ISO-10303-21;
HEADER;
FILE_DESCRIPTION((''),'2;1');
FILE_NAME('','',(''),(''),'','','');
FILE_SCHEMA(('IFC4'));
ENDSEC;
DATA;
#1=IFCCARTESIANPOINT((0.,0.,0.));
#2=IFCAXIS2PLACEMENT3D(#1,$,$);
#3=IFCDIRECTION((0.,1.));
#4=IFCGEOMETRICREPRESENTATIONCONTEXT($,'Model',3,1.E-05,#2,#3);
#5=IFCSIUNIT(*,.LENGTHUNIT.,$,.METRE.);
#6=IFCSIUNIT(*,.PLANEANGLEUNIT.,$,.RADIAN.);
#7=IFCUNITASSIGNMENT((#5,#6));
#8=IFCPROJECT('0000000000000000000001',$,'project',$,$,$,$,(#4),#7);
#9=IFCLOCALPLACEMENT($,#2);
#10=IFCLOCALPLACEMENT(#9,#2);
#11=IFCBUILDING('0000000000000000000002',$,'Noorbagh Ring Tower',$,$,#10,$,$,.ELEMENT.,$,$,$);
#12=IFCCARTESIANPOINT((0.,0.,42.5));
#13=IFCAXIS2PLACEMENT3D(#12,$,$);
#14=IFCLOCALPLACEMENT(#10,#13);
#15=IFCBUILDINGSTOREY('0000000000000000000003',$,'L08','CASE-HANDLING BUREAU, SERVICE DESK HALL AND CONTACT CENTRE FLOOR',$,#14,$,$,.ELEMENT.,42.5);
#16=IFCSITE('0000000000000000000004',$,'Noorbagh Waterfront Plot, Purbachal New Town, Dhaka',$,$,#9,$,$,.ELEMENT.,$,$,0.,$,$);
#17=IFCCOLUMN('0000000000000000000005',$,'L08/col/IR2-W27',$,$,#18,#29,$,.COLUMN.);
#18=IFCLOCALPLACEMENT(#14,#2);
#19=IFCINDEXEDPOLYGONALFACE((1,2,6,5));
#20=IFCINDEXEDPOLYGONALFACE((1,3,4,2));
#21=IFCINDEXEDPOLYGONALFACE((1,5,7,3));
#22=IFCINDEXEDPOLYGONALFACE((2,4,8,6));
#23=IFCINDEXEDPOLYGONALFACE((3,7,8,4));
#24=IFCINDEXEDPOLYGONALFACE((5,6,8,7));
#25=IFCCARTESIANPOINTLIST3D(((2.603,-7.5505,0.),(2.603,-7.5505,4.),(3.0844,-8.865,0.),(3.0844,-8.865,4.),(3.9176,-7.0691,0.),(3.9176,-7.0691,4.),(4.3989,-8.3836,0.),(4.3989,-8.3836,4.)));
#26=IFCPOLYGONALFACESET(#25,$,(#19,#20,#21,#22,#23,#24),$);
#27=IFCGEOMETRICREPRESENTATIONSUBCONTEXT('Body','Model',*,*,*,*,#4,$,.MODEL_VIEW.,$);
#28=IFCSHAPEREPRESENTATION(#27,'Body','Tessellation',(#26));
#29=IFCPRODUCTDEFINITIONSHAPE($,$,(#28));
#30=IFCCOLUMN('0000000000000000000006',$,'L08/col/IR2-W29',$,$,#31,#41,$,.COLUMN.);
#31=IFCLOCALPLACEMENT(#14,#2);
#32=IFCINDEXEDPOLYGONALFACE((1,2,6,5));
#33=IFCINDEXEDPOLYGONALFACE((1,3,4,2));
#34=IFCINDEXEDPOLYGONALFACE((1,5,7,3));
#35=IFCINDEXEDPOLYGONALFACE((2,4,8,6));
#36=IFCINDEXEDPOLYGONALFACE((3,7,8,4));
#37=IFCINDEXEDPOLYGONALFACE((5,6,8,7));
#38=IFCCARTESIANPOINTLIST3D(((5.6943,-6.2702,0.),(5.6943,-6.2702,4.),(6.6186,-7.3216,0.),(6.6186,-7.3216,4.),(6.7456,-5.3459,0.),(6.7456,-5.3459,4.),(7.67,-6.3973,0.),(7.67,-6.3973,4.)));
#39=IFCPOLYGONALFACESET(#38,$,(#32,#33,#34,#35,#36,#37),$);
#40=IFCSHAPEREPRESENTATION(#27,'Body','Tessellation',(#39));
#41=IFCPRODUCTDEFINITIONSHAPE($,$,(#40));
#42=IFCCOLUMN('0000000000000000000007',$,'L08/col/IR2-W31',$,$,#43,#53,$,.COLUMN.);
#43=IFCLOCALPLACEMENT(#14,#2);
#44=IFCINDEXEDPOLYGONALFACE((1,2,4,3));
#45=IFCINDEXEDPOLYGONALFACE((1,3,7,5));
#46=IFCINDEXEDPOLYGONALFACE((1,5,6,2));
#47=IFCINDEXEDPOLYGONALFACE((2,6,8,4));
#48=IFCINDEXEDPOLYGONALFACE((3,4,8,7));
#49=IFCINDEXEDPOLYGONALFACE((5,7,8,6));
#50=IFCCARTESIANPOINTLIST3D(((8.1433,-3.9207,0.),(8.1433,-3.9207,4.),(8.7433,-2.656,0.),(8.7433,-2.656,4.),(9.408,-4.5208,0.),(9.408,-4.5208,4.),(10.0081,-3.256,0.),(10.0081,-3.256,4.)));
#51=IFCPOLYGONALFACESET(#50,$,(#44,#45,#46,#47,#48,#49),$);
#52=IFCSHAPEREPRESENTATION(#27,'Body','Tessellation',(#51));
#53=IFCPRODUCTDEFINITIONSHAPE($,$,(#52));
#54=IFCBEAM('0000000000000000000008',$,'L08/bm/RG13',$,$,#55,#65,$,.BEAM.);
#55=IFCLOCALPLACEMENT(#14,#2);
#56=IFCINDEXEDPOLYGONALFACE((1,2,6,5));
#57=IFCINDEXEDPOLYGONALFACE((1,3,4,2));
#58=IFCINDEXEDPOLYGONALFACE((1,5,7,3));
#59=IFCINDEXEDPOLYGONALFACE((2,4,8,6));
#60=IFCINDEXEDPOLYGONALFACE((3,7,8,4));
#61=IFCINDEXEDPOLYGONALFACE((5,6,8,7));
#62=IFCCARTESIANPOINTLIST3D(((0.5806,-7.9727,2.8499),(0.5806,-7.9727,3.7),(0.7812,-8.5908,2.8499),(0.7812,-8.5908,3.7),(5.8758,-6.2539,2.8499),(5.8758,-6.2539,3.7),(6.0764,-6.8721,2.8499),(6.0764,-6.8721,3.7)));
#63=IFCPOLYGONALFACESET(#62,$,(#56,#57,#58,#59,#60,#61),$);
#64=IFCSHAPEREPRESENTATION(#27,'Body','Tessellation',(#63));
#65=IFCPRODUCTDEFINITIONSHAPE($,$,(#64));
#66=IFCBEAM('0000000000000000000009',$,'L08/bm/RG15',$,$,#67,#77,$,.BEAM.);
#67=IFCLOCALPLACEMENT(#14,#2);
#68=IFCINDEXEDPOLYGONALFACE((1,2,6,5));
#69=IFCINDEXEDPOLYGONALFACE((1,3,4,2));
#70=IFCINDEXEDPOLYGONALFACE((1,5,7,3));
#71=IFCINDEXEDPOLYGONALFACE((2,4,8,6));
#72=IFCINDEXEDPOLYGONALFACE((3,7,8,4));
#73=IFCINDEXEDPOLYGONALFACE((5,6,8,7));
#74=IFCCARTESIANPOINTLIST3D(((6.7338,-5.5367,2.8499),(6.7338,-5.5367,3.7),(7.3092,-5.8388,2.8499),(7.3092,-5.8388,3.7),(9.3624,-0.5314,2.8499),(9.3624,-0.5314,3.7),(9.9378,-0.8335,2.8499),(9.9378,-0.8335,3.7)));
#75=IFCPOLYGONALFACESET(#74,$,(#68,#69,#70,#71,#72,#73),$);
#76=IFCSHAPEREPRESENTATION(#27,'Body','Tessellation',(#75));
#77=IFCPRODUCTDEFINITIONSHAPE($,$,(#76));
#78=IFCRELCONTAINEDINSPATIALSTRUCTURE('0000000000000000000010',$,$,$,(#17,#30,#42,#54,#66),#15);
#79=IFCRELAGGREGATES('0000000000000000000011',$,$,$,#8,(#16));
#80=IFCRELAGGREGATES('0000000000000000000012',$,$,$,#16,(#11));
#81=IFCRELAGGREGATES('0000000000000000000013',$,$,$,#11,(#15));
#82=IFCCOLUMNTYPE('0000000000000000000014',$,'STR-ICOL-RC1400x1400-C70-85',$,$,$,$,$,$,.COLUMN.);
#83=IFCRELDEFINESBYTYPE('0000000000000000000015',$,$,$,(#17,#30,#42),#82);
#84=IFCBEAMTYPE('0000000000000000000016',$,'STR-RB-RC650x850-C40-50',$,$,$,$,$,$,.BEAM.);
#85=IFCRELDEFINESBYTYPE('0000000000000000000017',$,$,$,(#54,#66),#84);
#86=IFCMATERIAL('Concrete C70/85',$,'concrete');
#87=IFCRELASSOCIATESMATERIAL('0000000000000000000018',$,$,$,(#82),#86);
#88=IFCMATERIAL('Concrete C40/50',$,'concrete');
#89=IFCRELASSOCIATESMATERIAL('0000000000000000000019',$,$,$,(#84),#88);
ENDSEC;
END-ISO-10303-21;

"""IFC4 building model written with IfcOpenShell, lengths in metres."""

from ifc_helpers import new_model, si_unit, direction, frame, origin, origin_2d, place, context, subcontext, project, spatial, rectangle, extrude, material, material_profile, profile_set, type_object, element, save


model = new_model("IFC4")

# Units and contexts
model_context = context("Model", 3, precision=1e-05, world=origin(), true_north=direction((0.0, 1.0)))
body_context = subcontext(model_context, "Body", "Model", "MODEL_VIEW")
ifc_project = project(units=[si_unit("LENGTHUNIT", "METRE"), si_unit("PLANEANGLEUNIT", "RADIAN")], contexts=[model_context])

# Site, building, storey
site_placement = place(None, origin())
site = spatial("IfcSite", under=ifc_project, at=site_placement, Name="Noorbagh Waterfront Plot, Purbachal New Town, Dhaka", CompositionType="ELEMENT", RefElevation=0.0)
building_placement = place(site_placement, origin())
building = spatial("IfcBuilding", under=site, at=building_placement, Name="Noorbagh Ring Tower", CompositionType="ELEMENT")
storey_placement = place(building_placement, frame((0.0, 0.0, 42.5)))
storey = spatial("IfcBuildingStorey", under=building, at=storey_placement, Name="L08", Description="CASE-HANDLING BUREAU, SERVICE DESK HALL AND CONTACT CENTRE FLOOR", CompositionType="ELEMENT", Elevation=42.5)

# Columns
ifc_material_1 = material(Name="Concrete C70/85", Category="concrete")
ifc_material_profile_1 = material_profile(ifc_material_1, rectangle(XDim=1.3999, YDim=1.3999, at=origin_2d()), Name="RC1400x1400")
ifc_profile_set_1 = profile_set([ifc_material_profile_1], Name="Concrete C70/85")
column_type = type_object("IfcColumnType", Name="STR-ICOL-RC1400x1400-C70-85", PredefinedType="COLUMN", material=ifc_profile_set_1)
for number, where, z_axis, x_axis, name in (
    (1, (3.501, -7.967, 0.0), (0.0, 0.0, 1.0), (0.93902, 0.343864, 0.0), "L08/col/IR2-W27"),
    (2, (6.6821, -6.3337, 0.0), (0.0, 0.0, 1.0), (0.751022, 0.660277, 0.0), "L08/col/IR2-W29"),
    (3, (9.0757, -3.5884, 0.0), (0.0, 0.0, 1.0), (0.428667, 0.903463, 0.0), "L08/col/IR2-W31"),
):
    element("IfcColumn", number, at=place(storey_placement, frame(where, z_axis=z_axis, x_axis=x_axis)), inside=storey, type_object=column_type, Name=name, PredefinedType="COLUMN", context=body_context, shape_type="SweptSolid", body=[
        extrude(rectangle(XDim=1.3999, YDim=1.3999, at=origin_2d()), origin(), (0.0, 0.0, 1.0), 4.0),
    ])

# Beams
ifc_material_2 = material(Name="Concrete C40/50", Category="concrete")
ifc_material_profile_2 = material_profile(ifc_material_2, rectangle(XDim=0.6499, YDim=0.8501, at=origin_2d()), Name="RC650x850")
ifc_profile_set_2 = profile_set([ifc_material_profile_2], Name="Concrete C40/50")
beam_type = type_object("IfcBeamType", Name="STR-RB-RC650x850-C40-50", PredefinedType="BEAM", material=ifc_profile_set_2)
beam_1_placement = place(storey_placement, frame((0.6809, -8.2817, 3.2749), z_axis=(0.951149, 0.308732, 0.0), x_axis=(-0.308732, 0.951149, 0.0)))
element("IfcBeam", 4, at=beam_1_placement, inside=storey, type_object=beam_type, Name="L08/bm/RG13", PredefinedType="BEAM", context=body_context, shape_type="SweptSolid", body=[
    extrude(rectangle(XDim=0.6499, YDim=0.8501, at=origin_2d()), origin(), (0.0, 0.0, 1.0), 5.5671),
])
beam_2_placement = place(storey_placement, frame((7.0215, -5.6877, 3.2749), z_axis=(0.464951, 0.885337, 0.0), x_axis=(-0.885337, 0.464951, 0.0)))
element("IfcBeam", 5, at=beam_2_placement, inside=storey, type_object=beam_type, Name="L08/bm/RG15", PredefinedType="BEAM", context=body_context, shape_type="SweptSolid", body=[
    extrude(rectangle(XDim=0.6499, YDim=0.8501, at=origin_2d()), origin(), (0.0, 0.0, 1.0), 5.6536),
])

save(model, "model.ifc")
